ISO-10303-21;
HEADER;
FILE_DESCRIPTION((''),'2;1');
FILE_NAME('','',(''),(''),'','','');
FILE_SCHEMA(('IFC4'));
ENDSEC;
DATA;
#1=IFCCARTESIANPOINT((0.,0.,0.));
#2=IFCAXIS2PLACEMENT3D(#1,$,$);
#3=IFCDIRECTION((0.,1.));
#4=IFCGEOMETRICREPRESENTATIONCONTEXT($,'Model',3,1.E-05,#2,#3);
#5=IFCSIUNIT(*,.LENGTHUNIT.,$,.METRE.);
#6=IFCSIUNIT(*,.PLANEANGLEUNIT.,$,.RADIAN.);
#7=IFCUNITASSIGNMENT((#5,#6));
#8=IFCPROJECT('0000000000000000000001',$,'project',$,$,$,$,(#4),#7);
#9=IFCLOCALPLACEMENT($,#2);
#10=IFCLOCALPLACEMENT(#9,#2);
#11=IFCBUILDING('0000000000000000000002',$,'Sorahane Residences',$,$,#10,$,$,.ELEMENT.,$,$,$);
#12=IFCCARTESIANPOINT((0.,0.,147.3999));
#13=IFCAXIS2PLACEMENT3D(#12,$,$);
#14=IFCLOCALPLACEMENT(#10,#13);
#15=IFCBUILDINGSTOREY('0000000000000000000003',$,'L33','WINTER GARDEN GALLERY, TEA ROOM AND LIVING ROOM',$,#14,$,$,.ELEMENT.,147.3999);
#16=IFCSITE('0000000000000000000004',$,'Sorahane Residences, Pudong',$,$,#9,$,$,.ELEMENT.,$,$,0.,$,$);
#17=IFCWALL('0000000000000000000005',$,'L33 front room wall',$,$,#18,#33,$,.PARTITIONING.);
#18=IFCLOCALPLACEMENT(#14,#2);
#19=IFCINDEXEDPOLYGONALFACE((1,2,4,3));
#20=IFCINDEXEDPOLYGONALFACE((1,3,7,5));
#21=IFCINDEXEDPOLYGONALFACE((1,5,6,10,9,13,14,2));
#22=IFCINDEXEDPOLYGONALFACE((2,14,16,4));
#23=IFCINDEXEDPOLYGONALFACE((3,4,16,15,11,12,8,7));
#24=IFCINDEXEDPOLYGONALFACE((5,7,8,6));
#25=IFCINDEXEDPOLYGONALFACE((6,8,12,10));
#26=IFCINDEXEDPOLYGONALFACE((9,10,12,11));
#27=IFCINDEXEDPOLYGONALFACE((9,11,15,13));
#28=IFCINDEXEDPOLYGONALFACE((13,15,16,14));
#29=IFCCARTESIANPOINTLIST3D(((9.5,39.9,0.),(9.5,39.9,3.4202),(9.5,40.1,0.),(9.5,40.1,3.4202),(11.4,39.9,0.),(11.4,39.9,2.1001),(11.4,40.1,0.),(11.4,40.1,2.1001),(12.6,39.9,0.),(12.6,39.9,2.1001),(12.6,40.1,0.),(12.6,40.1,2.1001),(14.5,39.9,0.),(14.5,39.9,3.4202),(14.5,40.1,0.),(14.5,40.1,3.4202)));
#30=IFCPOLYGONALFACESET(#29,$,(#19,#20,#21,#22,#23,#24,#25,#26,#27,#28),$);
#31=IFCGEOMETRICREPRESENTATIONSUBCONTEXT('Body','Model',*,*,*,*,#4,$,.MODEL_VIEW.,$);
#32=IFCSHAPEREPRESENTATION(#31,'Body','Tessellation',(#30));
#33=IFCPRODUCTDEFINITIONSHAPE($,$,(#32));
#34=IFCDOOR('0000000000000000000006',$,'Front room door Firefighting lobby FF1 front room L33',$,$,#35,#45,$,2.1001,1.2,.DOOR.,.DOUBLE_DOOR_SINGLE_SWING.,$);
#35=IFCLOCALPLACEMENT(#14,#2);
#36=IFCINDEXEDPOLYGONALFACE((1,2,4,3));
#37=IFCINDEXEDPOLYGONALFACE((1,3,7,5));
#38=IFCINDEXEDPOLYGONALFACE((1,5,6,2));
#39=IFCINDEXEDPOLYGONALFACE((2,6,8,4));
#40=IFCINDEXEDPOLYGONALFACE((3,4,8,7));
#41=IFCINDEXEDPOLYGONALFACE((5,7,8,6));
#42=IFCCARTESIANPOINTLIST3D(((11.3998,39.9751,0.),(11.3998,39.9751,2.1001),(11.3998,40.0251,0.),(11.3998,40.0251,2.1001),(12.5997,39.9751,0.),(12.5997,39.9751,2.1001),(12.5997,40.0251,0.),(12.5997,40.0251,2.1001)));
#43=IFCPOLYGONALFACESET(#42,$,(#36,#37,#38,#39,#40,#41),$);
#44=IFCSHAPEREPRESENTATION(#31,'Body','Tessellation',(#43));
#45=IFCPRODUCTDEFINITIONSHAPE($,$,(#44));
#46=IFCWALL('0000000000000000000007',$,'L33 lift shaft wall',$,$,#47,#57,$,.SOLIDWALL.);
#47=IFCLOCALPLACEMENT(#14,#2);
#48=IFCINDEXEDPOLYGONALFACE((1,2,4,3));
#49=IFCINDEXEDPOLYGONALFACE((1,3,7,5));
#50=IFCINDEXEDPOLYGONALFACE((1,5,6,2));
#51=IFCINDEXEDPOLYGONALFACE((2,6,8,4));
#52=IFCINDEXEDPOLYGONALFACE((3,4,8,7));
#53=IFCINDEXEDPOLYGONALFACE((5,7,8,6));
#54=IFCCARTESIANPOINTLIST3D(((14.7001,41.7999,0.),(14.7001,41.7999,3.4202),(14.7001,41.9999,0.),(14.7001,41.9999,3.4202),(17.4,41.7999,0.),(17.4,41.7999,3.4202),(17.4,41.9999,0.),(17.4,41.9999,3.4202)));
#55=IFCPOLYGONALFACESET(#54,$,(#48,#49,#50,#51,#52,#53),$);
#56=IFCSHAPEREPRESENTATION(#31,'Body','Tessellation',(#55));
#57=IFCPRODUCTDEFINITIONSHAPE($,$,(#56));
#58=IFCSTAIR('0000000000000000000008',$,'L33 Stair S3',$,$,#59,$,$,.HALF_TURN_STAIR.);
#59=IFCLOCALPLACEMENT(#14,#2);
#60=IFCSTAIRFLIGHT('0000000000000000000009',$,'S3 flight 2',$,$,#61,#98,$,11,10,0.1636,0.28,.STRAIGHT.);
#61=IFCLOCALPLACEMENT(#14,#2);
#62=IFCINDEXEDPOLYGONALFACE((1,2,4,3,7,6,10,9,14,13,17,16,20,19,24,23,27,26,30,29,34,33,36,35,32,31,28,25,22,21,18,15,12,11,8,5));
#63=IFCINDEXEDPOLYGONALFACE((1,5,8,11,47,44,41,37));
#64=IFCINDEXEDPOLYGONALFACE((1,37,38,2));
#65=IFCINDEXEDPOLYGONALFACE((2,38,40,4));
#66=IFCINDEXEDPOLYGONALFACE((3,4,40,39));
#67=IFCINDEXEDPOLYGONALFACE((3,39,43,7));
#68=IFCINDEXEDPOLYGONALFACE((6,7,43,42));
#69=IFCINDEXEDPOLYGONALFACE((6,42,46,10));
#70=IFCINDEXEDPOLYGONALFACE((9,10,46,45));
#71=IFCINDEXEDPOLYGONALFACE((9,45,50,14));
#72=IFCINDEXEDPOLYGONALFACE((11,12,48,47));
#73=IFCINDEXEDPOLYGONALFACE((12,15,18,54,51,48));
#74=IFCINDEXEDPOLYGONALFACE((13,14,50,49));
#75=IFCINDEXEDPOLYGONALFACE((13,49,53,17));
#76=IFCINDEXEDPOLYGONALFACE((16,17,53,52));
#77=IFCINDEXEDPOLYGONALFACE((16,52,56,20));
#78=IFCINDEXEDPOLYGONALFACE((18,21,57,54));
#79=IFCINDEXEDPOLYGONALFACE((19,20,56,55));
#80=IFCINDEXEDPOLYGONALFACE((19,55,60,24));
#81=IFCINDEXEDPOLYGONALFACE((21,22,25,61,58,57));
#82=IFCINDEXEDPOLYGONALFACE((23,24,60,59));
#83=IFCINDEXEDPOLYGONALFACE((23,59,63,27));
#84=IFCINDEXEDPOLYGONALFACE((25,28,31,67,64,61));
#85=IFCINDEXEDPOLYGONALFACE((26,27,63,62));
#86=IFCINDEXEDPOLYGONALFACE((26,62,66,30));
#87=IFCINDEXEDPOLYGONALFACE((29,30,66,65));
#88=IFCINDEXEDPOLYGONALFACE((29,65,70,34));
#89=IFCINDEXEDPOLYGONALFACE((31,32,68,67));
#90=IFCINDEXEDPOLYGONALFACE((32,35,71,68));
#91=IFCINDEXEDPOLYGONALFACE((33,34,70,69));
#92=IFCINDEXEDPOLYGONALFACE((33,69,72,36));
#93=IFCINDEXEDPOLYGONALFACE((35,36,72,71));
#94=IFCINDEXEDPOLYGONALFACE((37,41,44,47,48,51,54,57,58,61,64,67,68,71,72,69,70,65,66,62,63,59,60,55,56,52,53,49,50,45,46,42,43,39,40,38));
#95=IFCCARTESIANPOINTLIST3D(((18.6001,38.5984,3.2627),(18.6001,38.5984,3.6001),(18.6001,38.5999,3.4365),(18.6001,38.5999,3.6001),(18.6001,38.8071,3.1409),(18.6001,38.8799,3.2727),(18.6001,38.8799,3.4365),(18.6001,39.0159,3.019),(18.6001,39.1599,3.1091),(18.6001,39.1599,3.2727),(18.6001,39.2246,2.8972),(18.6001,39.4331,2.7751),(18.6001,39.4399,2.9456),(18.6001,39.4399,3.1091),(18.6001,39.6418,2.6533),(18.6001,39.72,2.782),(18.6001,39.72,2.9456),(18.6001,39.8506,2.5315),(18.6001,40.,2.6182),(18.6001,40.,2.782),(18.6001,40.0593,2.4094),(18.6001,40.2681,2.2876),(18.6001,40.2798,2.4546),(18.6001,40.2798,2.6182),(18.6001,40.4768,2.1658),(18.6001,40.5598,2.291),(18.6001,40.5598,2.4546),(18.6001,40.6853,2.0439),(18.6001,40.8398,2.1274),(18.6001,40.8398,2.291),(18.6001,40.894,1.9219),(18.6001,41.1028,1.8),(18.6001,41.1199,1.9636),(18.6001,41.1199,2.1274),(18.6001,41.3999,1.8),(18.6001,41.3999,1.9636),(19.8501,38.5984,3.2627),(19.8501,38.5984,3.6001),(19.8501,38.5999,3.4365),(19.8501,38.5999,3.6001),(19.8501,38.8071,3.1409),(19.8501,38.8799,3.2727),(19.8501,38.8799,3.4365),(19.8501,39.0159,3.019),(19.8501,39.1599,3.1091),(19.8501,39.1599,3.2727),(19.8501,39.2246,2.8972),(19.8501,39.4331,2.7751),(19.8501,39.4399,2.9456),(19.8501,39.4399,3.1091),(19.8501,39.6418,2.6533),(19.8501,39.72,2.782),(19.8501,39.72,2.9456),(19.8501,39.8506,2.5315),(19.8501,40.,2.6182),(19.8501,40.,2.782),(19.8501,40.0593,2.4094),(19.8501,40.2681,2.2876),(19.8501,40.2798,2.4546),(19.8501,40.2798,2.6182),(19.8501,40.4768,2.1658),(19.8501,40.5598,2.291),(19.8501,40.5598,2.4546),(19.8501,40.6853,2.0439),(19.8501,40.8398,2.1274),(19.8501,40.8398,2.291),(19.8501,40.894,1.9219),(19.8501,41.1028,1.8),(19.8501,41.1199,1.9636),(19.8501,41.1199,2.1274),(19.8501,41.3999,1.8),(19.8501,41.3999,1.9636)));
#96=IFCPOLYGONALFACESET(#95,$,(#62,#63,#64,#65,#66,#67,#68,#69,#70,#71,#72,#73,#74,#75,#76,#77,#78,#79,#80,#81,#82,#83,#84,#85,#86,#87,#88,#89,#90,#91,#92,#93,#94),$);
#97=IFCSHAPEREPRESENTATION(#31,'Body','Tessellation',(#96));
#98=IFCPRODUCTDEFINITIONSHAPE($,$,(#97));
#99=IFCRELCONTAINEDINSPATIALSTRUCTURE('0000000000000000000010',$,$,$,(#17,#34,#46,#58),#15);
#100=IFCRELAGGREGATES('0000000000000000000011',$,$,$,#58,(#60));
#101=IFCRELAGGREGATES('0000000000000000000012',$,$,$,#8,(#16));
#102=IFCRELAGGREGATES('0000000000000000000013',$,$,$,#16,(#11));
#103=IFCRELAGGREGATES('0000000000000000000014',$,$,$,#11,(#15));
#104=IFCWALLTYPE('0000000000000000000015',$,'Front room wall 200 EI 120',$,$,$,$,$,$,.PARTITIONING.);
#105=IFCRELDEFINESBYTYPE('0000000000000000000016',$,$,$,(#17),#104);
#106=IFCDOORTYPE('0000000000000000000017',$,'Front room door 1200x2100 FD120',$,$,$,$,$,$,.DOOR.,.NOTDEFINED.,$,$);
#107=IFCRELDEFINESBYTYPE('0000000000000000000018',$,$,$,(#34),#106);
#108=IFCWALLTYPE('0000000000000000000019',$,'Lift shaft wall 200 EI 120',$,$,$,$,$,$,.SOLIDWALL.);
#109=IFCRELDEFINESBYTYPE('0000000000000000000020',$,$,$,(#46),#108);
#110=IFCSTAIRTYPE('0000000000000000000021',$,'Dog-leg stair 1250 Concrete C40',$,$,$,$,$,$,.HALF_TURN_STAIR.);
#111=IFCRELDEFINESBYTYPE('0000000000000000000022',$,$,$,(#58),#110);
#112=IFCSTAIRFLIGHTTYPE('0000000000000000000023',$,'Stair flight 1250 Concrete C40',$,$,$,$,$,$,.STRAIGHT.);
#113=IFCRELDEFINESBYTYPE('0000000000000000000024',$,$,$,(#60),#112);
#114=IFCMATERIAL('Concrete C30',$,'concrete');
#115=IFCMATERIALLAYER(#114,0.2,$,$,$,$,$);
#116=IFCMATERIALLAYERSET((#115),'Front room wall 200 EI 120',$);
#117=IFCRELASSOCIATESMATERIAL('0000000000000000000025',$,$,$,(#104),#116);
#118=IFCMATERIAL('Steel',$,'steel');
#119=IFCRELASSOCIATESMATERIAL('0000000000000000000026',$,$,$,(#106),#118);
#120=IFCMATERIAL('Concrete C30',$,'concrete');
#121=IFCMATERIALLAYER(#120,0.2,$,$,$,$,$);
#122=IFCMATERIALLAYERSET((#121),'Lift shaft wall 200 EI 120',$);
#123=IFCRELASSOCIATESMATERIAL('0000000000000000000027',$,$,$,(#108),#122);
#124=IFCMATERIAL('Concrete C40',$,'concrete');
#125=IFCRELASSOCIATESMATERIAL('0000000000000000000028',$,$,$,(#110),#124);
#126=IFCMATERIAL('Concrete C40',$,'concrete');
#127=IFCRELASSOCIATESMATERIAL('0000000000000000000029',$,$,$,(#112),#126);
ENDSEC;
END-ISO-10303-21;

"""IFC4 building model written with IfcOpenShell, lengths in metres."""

from ifc_helpers import new_model, si_unit, direction, frame, frame_2d, origin, place, context, subcontext, project, spatial, polyline, rectangle, outline, extrude, material, layer, layer_set, type_object, element, fill, aggregate, save


model = new_model("IFC4")

# Units and contexts
model_context = context("Model", 3, precision=1e-05, world=origin(), true_north=direction((0.0, 1.0)))
body_context = subcontext(model_context, "Body", "Model", "MODEL_VIEW")
ifc_project = project(units=[si_unit("LENGTHUNIT", "METRE"), si_unit("PLANEANGLEUNIT", "RADIAN")], contexts=[model_context])

# Site, building, storey
site_placement = place(None, origin())
site = spatial("IfcSite", under=ifc_project, at=site_placement, Name="Sorahane Residences, Pudong", CompositionType="ELEMENT", RefElevation=0.0)
building_placement = place(site_placement, origin())
building = spatial("IfcBuilding", under=site, at=building_placement, Name="Sorahane Residences", CompositionType="ELEMENT")
storey_placement = place(building_placement, frame((0.0, 0.0, 147.3999)))
storey = spatial("IfcBuildingStorey", under=building, at=storey_placement, Name="L33", Description="WINTER GARDEN GALLERY, TEA ROOM AND LIVING ROOM", CompositionType="ELEMENT", Elevation=147.3999)

# Wall, opening, door
ifc_material_1 = material(Name="Concrete C30", Category="concrete")
ifc_layer_1 = layer(ifc_material_1, 0.2)
ifc_layer_set_1 = layer_set([ifc_layer_1], Name="Front room wall 200 EI 120")
wall_type_1 = type_object("IfcWallType", Name="Front room wall 200 EI 120", PredefinedType="PARTITIONING", material=ifc_layer_set_1)
ifc_material_2 = material(Name="Steel", Category="steel")
door_type = type_object("IfcDoorType", Name="Front room door 1200x2100 FD120", OperationType="NOTDEFINED", PredefinedType="DOOR", material=ifc_material_2)
wall_1_placement = place(storey_placement, frame((9.5, 40.0, 0.0), z_axis=(0.0, 0.0, 1.0), x_axis=(1.0, 0.0, 0.0)))
wall_1 = element("IfcWall", 1, at=wall_1_placement, inside=storey, type_object=wall_type_1, Name="L33 front room wall", PredefinedType="PARTITIONING", context=body_context, shape_type="SweptSolid", body=[
    extrude(rectangle(XDim=5.0, YDim=0.2, at=frame_2d((2.5, 0.0))), origin(), (0.0, 0.0, 1.0), 3.4202),
])
opening_1_placement = place(wall_1_placement, frame((1.8999, 0.0, 0.0)))
opening_1 = element("IfcOpeningElement", 2, at=opening_1_placement, cuts=wall_1, PredefinedType="OPENING", context=body_context, shape_type="SweptSolid", body=[
    extrude(rectangle(XDim=1.2, YDim=2.1001, at=frame_2d((0.6001, 1.05))), frame((0.0, 0.1099, 0.0), z_axis=(0.0, -1.0, 0.0), x_axis=(1.0, 0.0, 0.0)), (0.0, 0.0, 1.0), 0.22),
])
door_1_placement = place(opening_1_placement, frame((1.2, 0.0, 0.0), z_axis=(0.0, 0.0, 1.0), x_axis=(-1.0, 0.0, 0.0)))
door_1 = element("IfcDoor", 3, at=door_1_placement, inside=storey, type_object=door_type, Name="Front room door Firefighting lobby FF1 front room L33", OperationType="DOUBLE_DOOR_SINGLE_SWING", OverallHeight=2.1001, OverallWidth=1.2, PredefinedType="DOOR", context=body_context, shape_type="SweptSolid", body=[
    extrude(rectangle(XDim=1.2, YDim=2.1001, at=frame_2d((0.6001, 1.05))), frame((0.0, 0.0249, 0.0), z_axis=(0.0, -1.0, 0.0), x_axis=(1.0, 0.0, 0.0)), (0.0, 0.0, 1.0), 0.05),
])
fill(opening_1, door_1)

# Wall
ifc_material_3 = material(Name="Concrete C30", Category="concrete")
ifc_layer_2 = layer(ifc_material_3, 0.2)
ifc_layer_set_2 = layer_set([ifc_layer_2], Name="Lift shaft wall 200 EI 120")
wall_type_2 = type_object("IfcWallType", Name="Lift shaft wall 200 EI 120", PredefinedType="SOLIDWALL", material=ifc_layer_set_2)
wall_2_placement = place(storey_placement, frame((14.7, 41.8999, 0.0), z_axis=(0.0, 0.0, 1.0), x_axis=(1.0, 0.0, 0.0)))
element("IfcWall", 4, at=wall_2_placement, inside=storey, type_object=wall_type_2, Name="L33 lift shaft wall", PredefinedType="SOLIDWALL", context=body_context, shape_type="SweptSolid", body=[
    extrude(rectangle(XDim=2.7, YDim=0.2, at=frame_2d((1.3501, 0.0))), origin(), (0.0, 0.0, 1.0), 3.4202),
])

# Stair, stair flight
ifc_material_4 = material(Name="Concrete C40", Category="concrete")
stair_type = type_object("IfcStairType", Name="Dog-leg stair 1250 Concrete C40", PredefinedType="HALF_TURN_STAIR", material=ifc_material_4)
stair_placement = place(storey_placement, origin())
stair = element("IfcStair", 5, at=stair_placement, inside=storey, type_object=stair_type, Name="L33 Stair S3", PredefinedType="HALF_TURN_STAIR")
ifc_material_5 = material(Name="Concrete C40", Category="concrete")
stair_flight_type = type_object("IfcStairFlightType", Name="Stair flight 1250 Concrete C40", PredefinedType="STRAIGHT", material=ifc_material_5)
stair_flight_placement = place(storey_placement, frame((19.2251, 41.3999, 1.8), z_axis=(0.0, 0.0, 1.0), x_axis=(0.0, -1.0, 0.0)))
stair_flight = element("IfcStairFlight", 6, at=stair_flight_placement, type_object=stair_flight_type, Name="S3 flight 2", NumberOfRisers=11, NumberOfTreads=10, PredefinedType="STRAIGHT", RiserHeight=0.1636, TreadLength=0.28, context=body_context, shape_type="SweptSolid", body=[
    extrude(outline(polyline([(0.0, 0.0), (0.0, 0.1636), (0.28, 0.1636), (0.28, 0.3274), (0.5601, 0.3274), (0.5601, 0.491), (0.8401, 0.491), (0.8401, 0.6545), (1.1201, 0.6545), (1.1201, 0.8181), (1.3999, 0.8181), (1.3999, 0.9819), (1.6799, 0.9819), (1.6799, 1.1455), (1.96, 1.1455), (1.96, 1.3091), (2.24, 1.3091), (2.24, 1.4727), (2.52, 1.4727), (2.52, 1.6365), (2.8, 1.6365), (2.8, 1.8), (2.8015, 1.8), (2.8015, 1.4626), (2.5928, 1.3408), (2.384, 1.219), (2.1753, 1.0972), (1.9668, 0.9751), (1.7581, 0.8533), (1.5493, 0.7314), (1.3406, 0.6094), (1.1318, 0.4875), (0.9231, 0.3657), (0.7146, 0.2439), (0.5059, 0.1218), (0.2971, 0.0), (0.0, 0.0)])), frame((0.0, 0.625, 0.0), z_axis=(0.0, -1.0, 0.0), x_axis=(1.0, 0.0, 0.0)), (0.0, 0.0, 1.0), 1.25),
])
aggregate(stair, [stair_flight])

save(model, "model.ifc")
